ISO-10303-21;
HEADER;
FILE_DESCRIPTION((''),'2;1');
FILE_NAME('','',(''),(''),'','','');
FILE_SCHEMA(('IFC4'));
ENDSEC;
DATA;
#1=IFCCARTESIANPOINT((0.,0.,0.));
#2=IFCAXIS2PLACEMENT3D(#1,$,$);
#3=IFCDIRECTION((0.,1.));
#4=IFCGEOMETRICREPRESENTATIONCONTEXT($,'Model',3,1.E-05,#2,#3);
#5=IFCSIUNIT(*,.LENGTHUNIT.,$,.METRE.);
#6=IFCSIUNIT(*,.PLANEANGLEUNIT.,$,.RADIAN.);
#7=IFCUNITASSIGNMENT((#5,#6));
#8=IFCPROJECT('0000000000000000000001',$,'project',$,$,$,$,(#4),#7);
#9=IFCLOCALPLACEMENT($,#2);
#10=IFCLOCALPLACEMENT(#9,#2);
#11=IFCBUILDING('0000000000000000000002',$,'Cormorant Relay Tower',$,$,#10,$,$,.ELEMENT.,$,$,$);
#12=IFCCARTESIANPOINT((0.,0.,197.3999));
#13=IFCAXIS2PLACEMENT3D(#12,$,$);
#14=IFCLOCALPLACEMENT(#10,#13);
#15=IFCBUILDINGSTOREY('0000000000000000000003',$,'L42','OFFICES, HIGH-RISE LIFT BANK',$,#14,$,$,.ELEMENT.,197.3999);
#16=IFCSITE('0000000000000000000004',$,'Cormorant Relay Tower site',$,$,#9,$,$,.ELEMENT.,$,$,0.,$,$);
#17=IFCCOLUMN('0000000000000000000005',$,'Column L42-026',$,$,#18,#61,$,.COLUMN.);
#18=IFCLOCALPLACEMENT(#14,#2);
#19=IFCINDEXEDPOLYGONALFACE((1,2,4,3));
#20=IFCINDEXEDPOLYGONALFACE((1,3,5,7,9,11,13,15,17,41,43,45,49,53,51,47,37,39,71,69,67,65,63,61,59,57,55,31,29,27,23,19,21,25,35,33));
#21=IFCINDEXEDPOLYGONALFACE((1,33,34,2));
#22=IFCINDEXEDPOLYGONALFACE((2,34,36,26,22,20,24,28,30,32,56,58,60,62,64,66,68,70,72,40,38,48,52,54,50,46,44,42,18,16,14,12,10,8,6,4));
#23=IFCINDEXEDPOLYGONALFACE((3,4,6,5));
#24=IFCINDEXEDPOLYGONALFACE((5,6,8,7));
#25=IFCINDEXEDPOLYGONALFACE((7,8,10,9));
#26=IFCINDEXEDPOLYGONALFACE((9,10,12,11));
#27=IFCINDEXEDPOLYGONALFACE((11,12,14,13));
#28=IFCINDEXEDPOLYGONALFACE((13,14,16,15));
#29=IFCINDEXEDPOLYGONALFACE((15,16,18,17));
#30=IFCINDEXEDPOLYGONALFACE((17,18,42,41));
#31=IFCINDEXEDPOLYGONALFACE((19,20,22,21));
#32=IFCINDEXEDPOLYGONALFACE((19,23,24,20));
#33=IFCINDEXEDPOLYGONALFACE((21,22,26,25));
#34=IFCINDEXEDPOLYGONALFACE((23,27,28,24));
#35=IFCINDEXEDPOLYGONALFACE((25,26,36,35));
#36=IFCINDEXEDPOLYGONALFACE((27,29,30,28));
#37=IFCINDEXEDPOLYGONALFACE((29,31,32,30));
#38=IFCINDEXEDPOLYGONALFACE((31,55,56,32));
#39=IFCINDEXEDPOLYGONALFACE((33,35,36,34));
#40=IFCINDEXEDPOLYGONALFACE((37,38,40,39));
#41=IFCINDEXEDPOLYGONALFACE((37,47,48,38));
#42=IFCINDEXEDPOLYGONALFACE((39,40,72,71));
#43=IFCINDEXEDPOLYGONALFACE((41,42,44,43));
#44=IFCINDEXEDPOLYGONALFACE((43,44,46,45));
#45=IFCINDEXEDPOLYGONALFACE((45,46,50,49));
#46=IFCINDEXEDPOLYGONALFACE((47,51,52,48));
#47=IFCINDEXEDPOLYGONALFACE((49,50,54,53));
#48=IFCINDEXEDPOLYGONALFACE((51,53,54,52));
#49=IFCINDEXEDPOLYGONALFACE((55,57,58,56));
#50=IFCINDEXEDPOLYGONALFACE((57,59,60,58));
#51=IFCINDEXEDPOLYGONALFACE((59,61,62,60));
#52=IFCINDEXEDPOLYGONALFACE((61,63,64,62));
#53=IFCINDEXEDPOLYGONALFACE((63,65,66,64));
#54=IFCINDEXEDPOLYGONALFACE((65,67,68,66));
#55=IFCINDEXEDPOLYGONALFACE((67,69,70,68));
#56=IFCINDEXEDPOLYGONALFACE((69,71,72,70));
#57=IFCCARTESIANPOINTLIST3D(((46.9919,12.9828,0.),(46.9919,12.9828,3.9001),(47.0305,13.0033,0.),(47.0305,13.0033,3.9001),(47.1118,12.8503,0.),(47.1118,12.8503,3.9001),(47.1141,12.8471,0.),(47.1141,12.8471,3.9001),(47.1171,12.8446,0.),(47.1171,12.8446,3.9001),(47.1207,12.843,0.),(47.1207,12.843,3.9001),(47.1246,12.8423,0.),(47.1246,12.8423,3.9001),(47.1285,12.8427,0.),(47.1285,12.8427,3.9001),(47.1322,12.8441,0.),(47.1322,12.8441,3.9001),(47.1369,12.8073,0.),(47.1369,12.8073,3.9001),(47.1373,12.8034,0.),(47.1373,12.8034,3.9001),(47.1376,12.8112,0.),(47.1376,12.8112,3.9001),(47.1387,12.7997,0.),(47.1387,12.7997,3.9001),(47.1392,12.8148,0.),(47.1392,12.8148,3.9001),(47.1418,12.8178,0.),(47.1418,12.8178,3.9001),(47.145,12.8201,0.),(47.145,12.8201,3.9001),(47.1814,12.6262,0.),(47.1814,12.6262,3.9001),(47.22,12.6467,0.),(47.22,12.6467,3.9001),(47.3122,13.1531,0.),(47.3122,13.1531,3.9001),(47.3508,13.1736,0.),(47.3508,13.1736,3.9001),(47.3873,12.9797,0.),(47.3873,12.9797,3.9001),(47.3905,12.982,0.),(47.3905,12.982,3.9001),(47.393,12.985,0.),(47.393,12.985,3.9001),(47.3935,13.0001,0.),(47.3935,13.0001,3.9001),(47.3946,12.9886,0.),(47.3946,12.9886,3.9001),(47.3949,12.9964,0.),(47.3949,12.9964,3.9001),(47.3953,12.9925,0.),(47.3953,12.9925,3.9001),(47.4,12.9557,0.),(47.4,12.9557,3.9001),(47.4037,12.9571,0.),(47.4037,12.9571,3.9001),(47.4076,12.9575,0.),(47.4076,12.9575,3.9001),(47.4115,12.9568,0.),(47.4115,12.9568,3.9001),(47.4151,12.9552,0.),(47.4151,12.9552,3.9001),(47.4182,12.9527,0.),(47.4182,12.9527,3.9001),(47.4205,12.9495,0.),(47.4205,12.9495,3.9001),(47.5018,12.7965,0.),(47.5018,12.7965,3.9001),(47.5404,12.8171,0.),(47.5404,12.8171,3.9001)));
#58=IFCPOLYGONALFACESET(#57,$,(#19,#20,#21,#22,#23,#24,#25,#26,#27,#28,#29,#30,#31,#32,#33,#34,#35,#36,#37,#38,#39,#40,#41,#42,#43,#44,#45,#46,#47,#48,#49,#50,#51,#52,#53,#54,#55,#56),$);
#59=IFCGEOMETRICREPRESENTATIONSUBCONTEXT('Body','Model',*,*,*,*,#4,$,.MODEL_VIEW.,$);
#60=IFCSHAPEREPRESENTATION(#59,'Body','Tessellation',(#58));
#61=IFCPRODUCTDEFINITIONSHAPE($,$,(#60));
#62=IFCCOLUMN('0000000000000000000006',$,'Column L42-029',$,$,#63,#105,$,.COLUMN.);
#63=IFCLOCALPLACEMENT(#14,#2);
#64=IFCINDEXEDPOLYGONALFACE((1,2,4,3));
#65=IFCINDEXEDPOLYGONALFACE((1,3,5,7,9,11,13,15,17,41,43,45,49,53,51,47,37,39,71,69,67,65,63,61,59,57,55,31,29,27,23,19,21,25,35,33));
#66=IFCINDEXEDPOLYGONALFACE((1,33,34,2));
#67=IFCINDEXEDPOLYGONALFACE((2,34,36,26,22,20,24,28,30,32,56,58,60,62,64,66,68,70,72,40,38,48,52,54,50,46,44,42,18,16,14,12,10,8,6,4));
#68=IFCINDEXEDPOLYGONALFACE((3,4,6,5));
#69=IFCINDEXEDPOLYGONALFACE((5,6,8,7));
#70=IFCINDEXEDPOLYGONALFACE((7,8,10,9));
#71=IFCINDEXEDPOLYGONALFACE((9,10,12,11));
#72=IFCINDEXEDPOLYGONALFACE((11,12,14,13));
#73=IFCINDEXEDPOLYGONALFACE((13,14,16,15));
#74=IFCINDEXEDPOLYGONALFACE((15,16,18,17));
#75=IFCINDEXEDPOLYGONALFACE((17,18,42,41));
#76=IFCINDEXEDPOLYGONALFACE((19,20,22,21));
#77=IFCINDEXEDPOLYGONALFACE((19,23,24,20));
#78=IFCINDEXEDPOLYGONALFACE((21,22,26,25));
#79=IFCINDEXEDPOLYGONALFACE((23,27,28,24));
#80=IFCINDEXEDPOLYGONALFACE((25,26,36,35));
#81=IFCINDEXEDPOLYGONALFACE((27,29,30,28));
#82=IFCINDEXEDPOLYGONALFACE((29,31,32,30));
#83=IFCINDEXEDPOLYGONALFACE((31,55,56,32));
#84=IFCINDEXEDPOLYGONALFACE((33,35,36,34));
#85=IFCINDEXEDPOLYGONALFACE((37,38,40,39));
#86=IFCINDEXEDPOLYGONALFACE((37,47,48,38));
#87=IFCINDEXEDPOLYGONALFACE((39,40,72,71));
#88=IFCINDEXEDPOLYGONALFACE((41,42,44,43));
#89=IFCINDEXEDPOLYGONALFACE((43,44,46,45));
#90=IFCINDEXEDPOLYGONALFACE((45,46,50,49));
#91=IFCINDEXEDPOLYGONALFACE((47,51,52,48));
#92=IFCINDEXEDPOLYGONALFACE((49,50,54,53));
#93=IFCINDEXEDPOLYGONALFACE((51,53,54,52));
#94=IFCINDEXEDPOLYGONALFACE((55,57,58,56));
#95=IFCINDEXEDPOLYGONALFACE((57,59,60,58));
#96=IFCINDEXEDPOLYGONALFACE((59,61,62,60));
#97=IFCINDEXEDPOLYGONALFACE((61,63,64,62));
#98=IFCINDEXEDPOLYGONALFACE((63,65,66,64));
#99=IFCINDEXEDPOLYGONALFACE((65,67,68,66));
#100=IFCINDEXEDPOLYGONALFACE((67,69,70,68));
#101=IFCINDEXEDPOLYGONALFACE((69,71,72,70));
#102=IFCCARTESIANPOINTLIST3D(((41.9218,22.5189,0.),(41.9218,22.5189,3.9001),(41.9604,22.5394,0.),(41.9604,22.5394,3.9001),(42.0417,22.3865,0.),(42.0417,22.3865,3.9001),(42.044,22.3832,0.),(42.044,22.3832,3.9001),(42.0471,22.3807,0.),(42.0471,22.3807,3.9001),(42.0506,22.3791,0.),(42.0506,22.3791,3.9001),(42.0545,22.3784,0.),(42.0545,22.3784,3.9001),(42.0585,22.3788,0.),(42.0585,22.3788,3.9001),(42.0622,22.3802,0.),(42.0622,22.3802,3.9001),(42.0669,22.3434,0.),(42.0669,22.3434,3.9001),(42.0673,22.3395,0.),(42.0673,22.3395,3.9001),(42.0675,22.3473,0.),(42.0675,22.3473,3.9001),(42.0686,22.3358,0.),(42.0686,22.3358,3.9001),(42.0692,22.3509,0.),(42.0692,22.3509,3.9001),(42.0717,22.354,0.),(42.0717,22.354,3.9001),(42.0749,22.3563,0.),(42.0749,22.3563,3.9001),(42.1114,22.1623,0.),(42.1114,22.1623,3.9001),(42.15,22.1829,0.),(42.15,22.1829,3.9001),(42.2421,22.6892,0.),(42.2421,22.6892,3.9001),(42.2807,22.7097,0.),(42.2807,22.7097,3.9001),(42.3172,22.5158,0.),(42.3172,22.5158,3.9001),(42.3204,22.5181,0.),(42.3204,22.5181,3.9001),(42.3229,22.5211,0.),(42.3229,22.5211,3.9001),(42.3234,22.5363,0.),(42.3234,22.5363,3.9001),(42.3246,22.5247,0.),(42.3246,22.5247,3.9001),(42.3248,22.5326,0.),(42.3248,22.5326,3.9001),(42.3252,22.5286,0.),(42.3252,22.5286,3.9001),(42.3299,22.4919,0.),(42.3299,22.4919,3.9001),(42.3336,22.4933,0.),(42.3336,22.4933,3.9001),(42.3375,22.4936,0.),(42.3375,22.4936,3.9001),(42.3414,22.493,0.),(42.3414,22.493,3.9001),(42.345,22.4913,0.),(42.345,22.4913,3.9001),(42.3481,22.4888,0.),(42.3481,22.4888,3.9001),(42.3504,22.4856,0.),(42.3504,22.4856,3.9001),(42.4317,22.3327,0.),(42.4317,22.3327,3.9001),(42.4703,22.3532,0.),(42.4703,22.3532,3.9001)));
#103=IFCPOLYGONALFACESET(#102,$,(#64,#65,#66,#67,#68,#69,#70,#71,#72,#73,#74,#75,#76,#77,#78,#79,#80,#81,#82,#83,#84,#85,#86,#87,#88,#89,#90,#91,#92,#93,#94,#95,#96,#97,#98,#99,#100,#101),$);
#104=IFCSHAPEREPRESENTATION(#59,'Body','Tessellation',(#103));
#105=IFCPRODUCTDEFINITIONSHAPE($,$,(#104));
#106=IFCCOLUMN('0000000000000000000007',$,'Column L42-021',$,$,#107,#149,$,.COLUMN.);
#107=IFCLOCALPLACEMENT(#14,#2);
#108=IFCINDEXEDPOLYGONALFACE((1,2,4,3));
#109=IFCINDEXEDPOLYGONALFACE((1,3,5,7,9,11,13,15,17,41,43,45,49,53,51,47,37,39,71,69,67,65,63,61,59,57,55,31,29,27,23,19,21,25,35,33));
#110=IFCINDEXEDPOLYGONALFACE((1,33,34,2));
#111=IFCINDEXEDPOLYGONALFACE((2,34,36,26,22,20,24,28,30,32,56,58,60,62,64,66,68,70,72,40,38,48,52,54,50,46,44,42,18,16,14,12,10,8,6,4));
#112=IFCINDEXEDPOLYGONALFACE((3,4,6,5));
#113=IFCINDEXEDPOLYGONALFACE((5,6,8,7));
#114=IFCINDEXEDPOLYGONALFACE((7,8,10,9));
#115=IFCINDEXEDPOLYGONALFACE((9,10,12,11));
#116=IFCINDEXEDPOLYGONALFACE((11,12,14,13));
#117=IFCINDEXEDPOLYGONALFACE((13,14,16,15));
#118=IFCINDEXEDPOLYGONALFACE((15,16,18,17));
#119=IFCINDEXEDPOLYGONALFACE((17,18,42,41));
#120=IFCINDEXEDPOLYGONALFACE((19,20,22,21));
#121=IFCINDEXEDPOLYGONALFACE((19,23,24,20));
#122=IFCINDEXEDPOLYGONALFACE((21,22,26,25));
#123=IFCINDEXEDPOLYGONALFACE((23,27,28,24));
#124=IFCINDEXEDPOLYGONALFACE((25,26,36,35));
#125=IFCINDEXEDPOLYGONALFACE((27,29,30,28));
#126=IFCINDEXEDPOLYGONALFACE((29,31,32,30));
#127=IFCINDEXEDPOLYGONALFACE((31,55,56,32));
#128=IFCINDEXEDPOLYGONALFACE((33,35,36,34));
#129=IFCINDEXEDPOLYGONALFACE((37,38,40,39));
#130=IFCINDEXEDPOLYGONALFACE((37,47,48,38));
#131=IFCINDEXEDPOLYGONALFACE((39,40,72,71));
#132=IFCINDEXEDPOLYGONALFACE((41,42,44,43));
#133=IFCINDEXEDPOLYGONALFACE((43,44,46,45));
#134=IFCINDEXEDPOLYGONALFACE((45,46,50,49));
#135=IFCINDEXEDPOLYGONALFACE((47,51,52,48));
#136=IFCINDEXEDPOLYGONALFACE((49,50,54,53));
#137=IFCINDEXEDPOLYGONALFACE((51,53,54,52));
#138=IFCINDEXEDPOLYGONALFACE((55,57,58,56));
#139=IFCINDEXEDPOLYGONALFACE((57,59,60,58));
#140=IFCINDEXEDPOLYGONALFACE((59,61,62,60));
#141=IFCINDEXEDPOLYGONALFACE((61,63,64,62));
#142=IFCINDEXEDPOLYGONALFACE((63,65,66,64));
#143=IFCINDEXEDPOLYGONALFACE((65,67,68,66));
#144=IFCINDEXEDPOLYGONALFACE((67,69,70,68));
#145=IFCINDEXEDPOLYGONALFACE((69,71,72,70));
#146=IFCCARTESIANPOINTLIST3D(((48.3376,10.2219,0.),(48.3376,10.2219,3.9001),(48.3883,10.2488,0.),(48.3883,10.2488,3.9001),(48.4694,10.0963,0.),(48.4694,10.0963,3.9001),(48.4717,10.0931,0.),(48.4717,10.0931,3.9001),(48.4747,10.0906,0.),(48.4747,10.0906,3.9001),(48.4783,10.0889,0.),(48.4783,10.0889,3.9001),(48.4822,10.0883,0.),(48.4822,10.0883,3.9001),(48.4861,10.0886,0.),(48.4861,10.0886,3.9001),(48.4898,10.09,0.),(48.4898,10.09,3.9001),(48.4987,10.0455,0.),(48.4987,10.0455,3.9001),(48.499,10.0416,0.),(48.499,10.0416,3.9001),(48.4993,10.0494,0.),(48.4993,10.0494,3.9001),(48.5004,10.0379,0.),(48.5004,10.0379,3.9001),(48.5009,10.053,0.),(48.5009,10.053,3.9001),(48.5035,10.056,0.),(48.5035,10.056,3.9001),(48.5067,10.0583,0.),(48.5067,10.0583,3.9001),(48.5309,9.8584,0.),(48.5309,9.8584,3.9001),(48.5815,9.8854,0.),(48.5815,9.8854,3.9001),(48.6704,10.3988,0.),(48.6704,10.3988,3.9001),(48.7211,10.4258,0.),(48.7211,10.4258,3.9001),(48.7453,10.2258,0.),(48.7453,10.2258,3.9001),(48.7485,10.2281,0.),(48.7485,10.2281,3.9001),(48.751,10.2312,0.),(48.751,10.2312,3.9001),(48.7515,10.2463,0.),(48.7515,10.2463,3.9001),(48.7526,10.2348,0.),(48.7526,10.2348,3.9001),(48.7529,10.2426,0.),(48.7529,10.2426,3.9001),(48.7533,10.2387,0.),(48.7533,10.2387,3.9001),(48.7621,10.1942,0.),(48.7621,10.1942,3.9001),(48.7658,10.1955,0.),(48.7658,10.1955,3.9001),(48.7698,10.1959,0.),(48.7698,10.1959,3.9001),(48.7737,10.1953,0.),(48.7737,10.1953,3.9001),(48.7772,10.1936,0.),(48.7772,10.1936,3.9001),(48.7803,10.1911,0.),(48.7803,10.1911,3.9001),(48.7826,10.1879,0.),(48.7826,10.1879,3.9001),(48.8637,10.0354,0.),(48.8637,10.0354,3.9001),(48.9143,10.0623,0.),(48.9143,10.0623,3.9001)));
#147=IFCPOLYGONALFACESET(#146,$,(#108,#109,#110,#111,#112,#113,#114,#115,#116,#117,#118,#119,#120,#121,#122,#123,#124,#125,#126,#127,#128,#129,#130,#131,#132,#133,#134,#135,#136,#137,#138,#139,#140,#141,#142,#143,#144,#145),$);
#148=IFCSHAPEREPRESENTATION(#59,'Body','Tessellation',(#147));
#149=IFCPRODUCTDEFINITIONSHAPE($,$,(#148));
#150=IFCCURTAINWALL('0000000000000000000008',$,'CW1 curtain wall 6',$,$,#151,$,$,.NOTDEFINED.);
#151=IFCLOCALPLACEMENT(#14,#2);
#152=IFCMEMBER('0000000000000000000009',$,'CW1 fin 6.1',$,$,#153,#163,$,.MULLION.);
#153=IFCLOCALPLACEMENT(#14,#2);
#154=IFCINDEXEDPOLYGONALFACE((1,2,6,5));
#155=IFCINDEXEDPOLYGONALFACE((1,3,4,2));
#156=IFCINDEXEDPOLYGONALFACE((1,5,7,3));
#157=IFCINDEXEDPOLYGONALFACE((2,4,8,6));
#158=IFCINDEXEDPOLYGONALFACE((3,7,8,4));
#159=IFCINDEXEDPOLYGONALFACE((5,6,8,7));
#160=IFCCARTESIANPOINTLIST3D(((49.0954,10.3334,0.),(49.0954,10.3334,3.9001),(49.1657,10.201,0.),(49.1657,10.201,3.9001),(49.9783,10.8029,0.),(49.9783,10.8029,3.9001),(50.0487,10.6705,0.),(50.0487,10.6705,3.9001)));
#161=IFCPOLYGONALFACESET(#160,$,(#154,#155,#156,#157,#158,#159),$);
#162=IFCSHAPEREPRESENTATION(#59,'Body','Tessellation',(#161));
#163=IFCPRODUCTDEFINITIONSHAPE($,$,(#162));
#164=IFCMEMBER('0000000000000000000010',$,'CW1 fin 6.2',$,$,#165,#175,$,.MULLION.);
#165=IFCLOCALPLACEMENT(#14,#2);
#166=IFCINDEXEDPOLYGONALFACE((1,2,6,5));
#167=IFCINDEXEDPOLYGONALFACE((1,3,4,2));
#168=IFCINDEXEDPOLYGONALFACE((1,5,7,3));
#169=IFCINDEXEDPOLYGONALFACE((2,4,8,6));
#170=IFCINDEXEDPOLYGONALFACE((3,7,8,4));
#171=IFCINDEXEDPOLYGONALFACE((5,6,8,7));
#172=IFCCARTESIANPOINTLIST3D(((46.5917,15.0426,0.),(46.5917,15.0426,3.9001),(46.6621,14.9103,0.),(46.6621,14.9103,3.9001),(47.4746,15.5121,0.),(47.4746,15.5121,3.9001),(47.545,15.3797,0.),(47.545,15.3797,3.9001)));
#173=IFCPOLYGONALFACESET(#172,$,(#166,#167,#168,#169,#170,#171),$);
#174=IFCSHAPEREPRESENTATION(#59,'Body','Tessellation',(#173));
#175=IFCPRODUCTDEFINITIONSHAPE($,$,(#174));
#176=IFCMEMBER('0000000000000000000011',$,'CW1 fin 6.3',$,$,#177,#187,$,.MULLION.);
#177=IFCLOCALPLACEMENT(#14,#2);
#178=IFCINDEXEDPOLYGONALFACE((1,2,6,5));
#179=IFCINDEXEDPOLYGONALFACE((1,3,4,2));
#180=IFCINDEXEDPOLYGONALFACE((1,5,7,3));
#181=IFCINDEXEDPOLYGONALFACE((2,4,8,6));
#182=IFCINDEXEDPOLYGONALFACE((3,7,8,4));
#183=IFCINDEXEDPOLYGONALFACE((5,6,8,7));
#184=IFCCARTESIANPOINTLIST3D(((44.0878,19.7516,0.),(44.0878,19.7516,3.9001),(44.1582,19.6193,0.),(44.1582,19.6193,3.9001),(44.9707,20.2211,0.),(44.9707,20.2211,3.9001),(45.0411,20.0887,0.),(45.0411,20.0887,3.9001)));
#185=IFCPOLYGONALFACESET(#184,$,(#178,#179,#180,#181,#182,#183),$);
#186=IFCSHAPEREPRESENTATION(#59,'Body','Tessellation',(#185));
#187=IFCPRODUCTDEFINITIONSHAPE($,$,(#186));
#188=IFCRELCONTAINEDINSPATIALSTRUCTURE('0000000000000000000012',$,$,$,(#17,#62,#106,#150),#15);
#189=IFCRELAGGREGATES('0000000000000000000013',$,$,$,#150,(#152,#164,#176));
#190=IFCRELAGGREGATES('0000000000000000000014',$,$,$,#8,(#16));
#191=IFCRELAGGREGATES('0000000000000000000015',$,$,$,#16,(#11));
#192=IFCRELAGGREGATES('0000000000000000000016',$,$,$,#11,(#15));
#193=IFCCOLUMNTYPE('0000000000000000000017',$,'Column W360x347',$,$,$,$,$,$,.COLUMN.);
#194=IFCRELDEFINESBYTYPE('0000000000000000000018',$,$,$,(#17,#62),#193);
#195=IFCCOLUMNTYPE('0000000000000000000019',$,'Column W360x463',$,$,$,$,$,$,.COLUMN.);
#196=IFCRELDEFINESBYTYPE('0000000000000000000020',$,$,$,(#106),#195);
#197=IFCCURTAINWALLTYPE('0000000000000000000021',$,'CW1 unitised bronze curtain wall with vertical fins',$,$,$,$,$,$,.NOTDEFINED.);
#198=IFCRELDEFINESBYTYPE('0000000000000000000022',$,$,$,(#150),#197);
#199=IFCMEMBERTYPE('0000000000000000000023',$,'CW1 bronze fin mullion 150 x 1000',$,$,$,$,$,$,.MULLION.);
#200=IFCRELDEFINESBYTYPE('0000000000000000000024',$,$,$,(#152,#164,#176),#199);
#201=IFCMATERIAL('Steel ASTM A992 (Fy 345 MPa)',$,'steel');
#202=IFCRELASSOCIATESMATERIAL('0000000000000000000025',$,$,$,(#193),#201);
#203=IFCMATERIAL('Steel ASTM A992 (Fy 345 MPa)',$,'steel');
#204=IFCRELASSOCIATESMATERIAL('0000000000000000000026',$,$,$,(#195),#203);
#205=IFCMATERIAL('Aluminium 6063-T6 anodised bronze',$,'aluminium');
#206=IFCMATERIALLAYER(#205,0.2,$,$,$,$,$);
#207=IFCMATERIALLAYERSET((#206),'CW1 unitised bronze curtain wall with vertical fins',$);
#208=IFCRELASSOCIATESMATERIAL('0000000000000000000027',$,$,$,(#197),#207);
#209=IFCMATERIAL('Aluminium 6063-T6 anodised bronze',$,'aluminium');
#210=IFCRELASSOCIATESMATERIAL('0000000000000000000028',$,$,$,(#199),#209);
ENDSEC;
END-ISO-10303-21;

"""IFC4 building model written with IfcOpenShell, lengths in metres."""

from ifc_helpers import new_model, si_unit, direction, frame, origin, origin_2d, place, context, subcontext, project, spatial, rectangle, i_section, extrude, material, layer, layer_set, material_profile, profile_set, type_object, element, aggregate, save


model = new_model("IFC4")

# Units and contexts
model_context = context("Model", 3, precision=1e-05, world=origin(), true_north=direction((0.0, 1.0)))
body_context = subcontext(model_context, "Body", "Model", "MODEL_VIEW")
ifc_project = project(units=[si_unit("LENGTHUNIT", "METRE"), si_unit("PLANEANGLEUNIT", "RADIAN")], contexts=[model_context])

# Site, building, storey
site_placement = place(None, origin())
site = spatial("IfcSite", under=ifc_project, at=site_placement, Name="Cormorant Relay Tower site", CompositionType="ELEMENT", RefElevation=0.0)
building_placement = place(site_placement, origin())
building = spatial("IfcBuilding", under=site, at=building_placement, Name="Cormorant Relay Tower", CompositionType="ELEMENT")
storey_placement = place(building_placement, frame((0.0, 0.0, 197.3999)))
storey = spatial("IfcBuildingStorey", under=building, at=storey_placement, Name="L42", Description="OFFICES, HIGH-RISE LIFT BANK", CompositionType="ELEMENT", Elevation=197.3999)

# Columns
ifc_material_1 = material(Name="Steel ASTM A992 (Fy 345 MPa)", Category="steel")
ifc_material_profile_1 = material_profile(ifc_material_1, i_section(OverallWidth=0.4038, OverallDepth=0.4065, WebThickness=0.0271, FlangeThickness=0.0437, FilletRadius=0.0151, at=origin_2d()), Name="W360x347")
ifc_profile_set_1 = profile_set([ifc_material_profile_1], Name="Steel ASTM A992 (Fy 345 MPa)")
column_type_1 = type_object("IfcColumnType", Name="Column W360x347", PredefinedType="COLUMN", material=ifc_profile_set_1)
for number, where, z_axis, x_axis, name in (
    (1, (47.2661, 12.8999, 0.0), (0.0, 0.0, 1.0), (-0.469472, 0.882948, 0.0), "Column L42-026"),
    (2, (42.196, 22.436, 0.0), (0.0, 0.0, 1.0), (-0.469472, 0.882948, 0.0), "Column L42-029"),
):
    element("IfcColumn", number, at=place(storey_placement, frame(where, z_axis=z_axis, x_axis=x_axis)), inside=storey, type_object=column_type_1, Name=name, PredefinedType="COLUMN", context=body_context, shape_type="SweptSolid", body=[
        extrude(i_section(OverallWidth=0.4038, OverallDepth=0.4065, WebThickness=0.0271, FlangeThickness=0.0437, FilletRadius=0.0151, at=origin_2d()), origin(), (0.0, 0.0, 1.0), 3.9001),
    ])
ifc_material_2 = material(Name="Steel ASTM A992 (Fy 345 MPa)", Category="steel")
ifc_material_profile_2 = material_profile(ifc_material_2, i_section(OverallWidth=0.4116, OverallDepth=0.4343, WebThickness=0.0359, FlangeThickness=0.0574, FilletRadius=0.0151, at=origin_2d()), Name="W360x463")
ifc_profile_set_2 = profile_set([ifc_material_profile_2], Name="Steel ASTM A992 (Fy 345 MPa)")
column_type_2 = type_object("IfcColumnType", Name="Column W360x463", PredefinedType="COLUMN", material=ifc_profile_set_2)
column_placement = place(storey_placement, frame((48.626, 10.1421, 0.0), z_axis=(0.0, 0.0, 1.0), x_axis=(-0.469472, 0.882948, 0.0)))
element("IfcColumn", 3, at=column_placement, inside=storey, type_object=column_type_2, Name="Column L42-021", PredefinedType="COLUMN", context=body_context, shape_type="SweptSolid", body=[
    extrude(i_section(OverallWidth=0.4116, OverallDepth=0.4343, WebThickness=0.0359, FlangeThickness=0.0574, FilletRadius=0.0151, at=origin_2d()), origin(), (0.0, 0.0, 1.0), 3.9001),
])

# Curtain wall, members
ifc_material_3 = material(Name="Aluminium 6063-T6 anodised bronze", Category="aluminium")
ifc_layer_1 = layer(ifc_material_3, 0.2)
ifc_layer_set_1 = layer_set([ifc_layer_1], Name="CW1 unitised bronze curtain wall with vertical fins")
curtain_wall_type = type_object("IfcCurtainWallType", Name="CW1 unitised bronze curtain wall with vertical fins", PredefinedType="NOTDEFINED", material=ifc_layer_set_1)
curtain_wall_1_placement = place(storey_placement, origin())
curtain_wall_1 = element("IfcCurtainWall", 4, at=curtain_wall_1_placement, inside=storey, type_object=curtain_wall_type, Name="CW1 curtain wall 6", PredefinedType="NOTDEFINED")
ifc_material_4 = material(Name="Aluminium 6063-T6 anodised bronze", Category="aluminium")
ifc_material_profile_3 = material_profile(ifc_material_4, rectangle(XDim=0.1499, YDim=1.0, at=origin_2d()), Name="AL 150x1000")
ifc_profile_set_3 = profile_set([ifc_material_profile_3], Name="Aluminium 6063-T6 anodised bronze")
member_type_1 = type_object("IfcMemberType", Name="CW1 bronze fin mullion 150 x 1000", PredefinedType="MULLION", material=ifc_profile_set_3)
member_1_placement = place(storey_placement, frame((49.572, 10.502, 0.0), z_axis=(0.0, 0.0, 1.0), x_axis=(-0.469472, 0.882948, 0.0)))
member_1 = element("IfcMember", 5, at=member_1_placement, type_object=member_type_1, Name="CW1 fin 6.1", PredefinedType="MULLION", context=body_context, shape_type="SweptSolid", body=[
    extrude(rectangle(XDim=0.1499, YDim=1.0, at=origin_2d()), origin(), (0.0, 0.0, 1.0), 3.9001),
])
member_2_placement = place(storey_placement, frame((47.0684, 15.2112, 0.0), z_axis=(0.0, 0.0, 1.0), x_axis=(-0.469472, 0.882948, 0.0)))
member_2 = element("IfcMember", 6, at=member_2_placement, type_object=member_type_1, Name="CW1 fin 6.2", PredefinedType="MULLION", context=body_context, shape_type="SweptSolid", body=[
    extrude(rectangle(XDim=0.1499, YDim=1.0, at=origin_2d()), origin(), (0.0, 0.0, 1.0), 3.9001),
])
member_3_placement = place(storey_placement, frame((44.5645, 19.9202, 0.0), z_axis=(0.0, 0.0, 1.0), x_axis=(-0.469472, 0.882948, 0.0)))
member_3 = element("IfcMember", 7, at=member_3_placement, type_object=member_type_1, Name="CW1 fin 6.3", PredefinedType="MULLION", context=body_context, shape_type="SweptSolid", body=[
    extrude(rectangle(XDim=0.1499, YDim=1.0, at=origin_2d()), origin(), (0.0, 0.0, 1.0), 3.9001),
])

aggregate(curtain_wall_1, [member_1, member_2, member_3])

save(model, "model.ifc")
